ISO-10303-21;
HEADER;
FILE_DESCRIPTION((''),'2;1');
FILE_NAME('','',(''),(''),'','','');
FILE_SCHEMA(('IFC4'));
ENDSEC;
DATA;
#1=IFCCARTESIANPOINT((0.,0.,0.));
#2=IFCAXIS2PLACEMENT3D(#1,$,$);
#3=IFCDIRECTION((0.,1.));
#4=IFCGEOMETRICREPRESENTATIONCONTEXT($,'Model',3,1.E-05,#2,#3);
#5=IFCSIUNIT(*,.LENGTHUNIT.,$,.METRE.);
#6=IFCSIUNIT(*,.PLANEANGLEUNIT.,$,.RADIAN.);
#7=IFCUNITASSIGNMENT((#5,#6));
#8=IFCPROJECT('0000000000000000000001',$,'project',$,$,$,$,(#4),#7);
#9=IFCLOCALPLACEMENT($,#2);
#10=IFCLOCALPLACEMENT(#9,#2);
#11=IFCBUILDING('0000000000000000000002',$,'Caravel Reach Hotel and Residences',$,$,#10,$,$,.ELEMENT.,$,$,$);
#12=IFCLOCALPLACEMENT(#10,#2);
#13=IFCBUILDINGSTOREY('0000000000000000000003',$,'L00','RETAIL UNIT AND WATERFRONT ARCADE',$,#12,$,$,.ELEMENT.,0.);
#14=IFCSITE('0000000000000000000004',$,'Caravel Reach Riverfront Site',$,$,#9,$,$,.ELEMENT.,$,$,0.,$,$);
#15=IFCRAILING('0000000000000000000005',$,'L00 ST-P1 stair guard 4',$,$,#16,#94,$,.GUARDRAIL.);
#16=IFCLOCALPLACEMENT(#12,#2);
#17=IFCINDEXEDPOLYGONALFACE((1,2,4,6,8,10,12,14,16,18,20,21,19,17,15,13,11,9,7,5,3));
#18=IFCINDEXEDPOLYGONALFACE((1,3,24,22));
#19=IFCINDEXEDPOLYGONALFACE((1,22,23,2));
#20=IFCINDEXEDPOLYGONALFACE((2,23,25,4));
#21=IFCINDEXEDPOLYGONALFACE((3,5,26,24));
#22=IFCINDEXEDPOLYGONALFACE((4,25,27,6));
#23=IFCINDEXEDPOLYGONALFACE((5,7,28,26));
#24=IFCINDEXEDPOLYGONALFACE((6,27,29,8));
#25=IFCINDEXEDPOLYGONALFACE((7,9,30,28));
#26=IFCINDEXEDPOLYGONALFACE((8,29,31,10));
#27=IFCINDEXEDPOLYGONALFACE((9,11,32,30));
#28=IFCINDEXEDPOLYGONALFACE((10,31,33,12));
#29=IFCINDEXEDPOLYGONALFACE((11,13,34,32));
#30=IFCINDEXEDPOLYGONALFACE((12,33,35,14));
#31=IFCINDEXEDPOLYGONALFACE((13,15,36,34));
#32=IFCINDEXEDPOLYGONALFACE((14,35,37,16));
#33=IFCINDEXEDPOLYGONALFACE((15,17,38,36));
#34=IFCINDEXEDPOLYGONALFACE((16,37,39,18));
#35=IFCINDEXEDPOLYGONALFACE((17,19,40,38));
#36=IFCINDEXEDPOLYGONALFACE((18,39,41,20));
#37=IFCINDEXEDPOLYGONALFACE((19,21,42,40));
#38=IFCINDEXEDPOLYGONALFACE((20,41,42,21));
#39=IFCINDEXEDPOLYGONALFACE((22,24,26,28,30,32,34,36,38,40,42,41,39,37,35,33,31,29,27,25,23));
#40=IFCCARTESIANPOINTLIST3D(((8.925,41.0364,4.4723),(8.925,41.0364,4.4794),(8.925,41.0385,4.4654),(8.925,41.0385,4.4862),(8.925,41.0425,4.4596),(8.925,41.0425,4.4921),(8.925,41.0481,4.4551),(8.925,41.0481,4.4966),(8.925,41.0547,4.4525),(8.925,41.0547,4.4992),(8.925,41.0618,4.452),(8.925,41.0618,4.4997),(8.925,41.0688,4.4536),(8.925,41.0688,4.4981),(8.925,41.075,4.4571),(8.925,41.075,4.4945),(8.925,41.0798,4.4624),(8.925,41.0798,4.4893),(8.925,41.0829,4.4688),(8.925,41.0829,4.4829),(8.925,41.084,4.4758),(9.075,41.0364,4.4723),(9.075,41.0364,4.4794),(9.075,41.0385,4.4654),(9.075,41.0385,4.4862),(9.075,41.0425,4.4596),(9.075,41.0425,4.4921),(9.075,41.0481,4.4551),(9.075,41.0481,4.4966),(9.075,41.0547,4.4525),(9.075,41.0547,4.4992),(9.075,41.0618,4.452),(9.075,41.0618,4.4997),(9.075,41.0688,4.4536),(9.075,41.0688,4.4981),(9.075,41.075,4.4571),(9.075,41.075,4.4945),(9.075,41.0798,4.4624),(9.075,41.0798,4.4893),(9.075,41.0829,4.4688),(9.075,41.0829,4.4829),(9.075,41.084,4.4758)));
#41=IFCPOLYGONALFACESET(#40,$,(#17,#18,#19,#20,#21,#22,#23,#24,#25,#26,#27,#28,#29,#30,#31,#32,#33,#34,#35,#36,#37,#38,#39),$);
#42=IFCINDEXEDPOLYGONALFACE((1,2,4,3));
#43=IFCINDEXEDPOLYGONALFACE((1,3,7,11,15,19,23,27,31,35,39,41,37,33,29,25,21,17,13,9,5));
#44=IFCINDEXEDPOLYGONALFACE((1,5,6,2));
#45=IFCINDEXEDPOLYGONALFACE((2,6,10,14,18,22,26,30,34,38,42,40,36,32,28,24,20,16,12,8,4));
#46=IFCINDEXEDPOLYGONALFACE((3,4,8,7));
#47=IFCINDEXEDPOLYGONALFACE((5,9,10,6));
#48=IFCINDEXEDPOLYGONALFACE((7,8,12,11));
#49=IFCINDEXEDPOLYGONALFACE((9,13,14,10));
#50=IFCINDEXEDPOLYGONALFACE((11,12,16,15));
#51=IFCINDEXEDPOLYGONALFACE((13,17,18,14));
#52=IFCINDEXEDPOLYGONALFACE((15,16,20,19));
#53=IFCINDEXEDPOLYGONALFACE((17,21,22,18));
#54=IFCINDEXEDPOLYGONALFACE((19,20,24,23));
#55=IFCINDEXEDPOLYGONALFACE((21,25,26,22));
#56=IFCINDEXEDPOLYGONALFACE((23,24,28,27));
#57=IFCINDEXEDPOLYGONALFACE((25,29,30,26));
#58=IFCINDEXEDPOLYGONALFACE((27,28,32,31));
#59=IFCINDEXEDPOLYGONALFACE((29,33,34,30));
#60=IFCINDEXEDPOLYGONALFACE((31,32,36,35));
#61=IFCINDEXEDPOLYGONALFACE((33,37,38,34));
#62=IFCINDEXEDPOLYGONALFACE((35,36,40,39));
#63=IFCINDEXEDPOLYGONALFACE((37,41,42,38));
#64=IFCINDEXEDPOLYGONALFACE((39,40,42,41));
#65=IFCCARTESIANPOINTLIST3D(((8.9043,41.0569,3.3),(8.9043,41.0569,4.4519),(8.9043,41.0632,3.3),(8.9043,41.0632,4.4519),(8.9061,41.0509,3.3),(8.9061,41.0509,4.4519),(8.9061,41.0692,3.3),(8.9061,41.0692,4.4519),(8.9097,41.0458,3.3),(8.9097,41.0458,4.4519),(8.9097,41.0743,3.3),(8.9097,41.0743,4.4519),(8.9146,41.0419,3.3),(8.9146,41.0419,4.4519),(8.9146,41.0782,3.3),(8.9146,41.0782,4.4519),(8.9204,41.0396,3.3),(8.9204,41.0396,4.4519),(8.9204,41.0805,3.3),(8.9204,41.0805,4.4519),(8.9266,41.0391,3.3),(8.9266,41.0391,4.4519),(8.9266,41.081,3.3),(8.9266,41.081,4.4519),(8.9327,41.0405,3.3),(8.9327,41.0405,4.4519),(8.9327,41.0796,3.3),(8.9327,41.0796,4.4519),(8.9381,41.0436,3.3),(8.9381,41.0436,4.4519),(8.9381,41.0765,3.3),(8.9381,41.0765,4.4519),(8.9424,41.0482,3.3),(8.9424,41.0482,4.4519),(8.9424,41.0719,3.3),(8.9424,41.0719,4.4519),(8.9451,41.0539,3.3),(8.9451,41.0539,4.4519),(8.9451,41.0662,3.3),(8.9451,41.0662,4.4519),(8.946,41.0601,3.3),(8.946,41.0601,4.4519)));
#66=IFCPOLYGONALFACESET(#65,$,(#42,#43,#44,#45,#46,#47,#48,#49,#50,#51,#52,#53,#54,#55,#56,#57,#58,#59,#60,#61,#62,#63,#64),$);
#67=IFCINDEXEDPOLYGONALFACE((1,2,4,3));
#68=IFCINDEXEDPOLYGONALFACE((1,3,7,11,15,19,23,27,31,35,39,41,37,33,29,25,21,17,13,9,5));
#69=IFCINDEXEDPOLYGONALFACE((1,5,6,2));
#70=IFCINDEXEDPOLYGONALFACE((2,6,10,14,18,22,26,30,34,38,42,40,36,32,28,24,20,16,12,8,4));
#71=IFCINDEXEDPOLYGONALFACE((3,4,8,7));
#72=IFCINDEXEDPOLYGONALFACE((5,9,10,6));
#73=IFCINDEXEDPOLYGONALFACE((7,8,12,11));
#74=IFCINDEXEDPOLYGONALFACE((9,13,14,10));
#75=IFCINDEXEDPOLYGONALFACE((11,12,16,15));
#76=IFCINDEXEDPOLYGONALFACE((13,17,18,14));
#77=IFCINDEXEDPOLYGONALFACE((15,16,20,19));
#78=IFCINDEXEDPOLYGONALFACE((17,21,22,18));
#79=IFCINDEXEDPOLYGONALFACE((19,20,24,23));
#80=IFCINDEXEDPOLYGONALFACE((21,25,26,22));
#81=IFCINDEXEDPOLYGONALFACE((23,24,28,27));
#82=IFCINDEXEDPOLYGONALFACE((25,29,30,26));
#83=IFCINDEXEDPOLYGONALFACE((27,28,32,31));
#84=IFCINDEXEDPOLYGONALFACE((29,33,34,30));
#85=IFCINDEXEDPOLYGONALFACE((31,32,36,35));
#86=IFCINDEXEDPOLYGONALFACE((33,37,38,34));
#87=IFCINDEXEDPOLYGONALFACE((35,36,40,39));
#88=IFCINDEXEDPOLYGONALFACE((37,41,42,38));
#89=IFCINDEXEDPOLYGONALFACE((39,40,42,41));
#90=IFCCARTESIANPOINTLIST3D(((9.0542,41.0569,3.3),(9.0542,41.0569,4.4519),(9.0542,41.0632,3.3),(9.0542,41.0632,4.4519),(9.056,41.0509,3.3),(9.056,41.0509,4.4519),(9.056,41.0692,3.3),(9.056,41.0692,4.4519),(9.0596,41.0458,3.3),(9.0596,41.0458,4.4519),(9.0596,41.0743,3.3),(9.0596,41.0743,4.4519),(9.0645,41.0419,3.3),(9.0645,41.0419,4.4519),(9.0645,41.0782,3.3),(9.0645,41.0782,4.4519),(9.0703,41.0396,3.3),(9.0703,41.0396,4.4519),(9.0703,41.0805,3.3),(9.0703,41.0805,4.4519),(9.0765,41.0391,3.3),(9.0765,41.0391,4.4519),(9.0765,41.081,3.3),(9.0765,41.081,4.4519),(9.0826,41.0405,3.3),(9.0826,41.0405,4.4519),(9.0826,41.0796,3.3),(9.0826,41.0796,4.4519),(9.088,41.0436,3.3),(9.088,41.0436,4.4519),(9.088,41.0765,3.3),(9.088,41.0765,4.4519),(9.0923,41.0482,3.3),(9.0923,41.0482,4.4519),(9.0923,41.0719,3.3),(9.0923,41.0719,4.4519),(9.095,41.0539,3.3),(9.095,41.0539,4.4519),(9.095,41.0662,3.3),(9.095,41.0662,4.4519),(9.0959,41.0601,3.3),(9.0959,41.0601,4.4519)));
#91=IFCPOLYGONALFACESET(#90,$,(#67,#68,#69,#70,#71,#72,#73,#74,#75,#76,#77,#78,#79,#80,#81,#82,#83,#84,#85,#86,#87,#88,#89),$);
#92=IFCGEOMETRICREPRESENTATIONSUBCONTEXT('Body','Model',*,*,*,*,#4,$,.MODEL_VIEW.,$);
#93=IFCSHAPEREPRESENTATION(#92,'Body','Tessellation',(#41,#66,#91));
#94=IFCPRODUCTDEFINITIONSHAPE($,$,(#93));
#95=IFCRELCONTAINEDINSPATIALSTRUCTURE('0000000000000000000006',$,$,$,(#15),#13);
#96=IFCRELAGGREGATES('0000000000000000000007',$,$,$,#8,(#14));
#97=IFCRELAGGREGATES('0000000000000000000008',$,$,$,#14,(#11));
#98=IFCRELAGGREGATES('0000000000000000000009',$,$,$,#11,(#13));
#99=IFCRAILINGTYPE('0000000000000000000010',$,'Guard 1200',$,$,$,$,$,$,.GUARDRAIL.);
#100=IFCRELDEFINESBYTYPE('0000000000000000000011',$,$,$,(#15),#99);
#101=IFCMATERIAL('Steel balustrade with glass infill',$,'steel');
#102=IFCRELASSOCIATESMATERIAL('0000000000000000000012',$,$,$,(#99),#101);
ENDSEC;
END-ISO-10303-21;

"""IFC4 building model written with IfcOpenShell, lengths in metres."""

from ifc_helpers import new_model, si_unit, direction, frame, origin, origin_2d, place, context, subcontext, project, spatial, circle, extrude, material, type_object, element, save


model = new_model("IFC4")

# Units and contexts
model_context = context("Model", 3, precision=1e-05, world=origin(), true_north=direction((0.0, 1.0)))
body_context = subcontext(model_context, "Body", "Model", "MODEL_VIEW")
ifc_project = project(units=[si_unit("LENGTHUNIT", "METRE"), si_unit("PLANEANGLEUNIT", "RADIAN")], contexts=[model_context])

# Site, building, storey
site_placement = place(None, origin())
site = spatial("IfcSite", under=ifc_project, at=site_placement, Name="Caravel Reach Riverfront Site", CompositionType="ELEMENT", RefElevation=0.0)
building_placement = place(site_placement, origin())
building = spatial("IfcBuilding", under=site, at=building_placement, Name="Caravel Reach Hotel and Residences", CompositionType="ELEMENT")
storey_placement = place(building_placement, origin())
storey = spatial("IfcBuildingStorey", under=building, at=storey_placement, Name="L00", Description="RETAIL UNIT AND WATERFRONT ARCADE", CompositionType="ELEMENT", Elevation=0.0)

# Railing
ifc_material_1 = material(Name="Steel balustrade with glass infill", Category="steel")
railing_type_1 = type_object("IfcRailingType", Name="Guard 1200", PredefinedType="GUARDRAIL", material=ifc_material_1)
railing_1_placement = place(storey_placement, frame((8.925, 41.0601, 3.3)))
element("IfcRailing", 1, at=railing_1_placement, inside=storey, type_object=railing_type_1, Name="L00 ST-P1 stair guard 4", PredefinedType="GUARDRAIL", context=body_context, shape_type="SweptSolid", body=[
    extrude(circle(Radius=0.0239, at=origin_2d()), frame((0.0, 0.0, 1.1758), z_axis=(1.0, 0.0, 0.0), x_axis=(0.0, 1.0, 0.0)), (0.0, 0.0, 1.0), 0.1499),
    extrude(circle(Radius=0.021, at=origin_2d()), origin(), (0.0, 0.0, 1.0), 1.1519),
    extrude(circle(Radius=0.021, at=origin_2d()), frame((0.1499, 0.0, 0.0)), (0.0, 0.0, 1.0), 1.1519),
])

save(model, "model.ifc")
